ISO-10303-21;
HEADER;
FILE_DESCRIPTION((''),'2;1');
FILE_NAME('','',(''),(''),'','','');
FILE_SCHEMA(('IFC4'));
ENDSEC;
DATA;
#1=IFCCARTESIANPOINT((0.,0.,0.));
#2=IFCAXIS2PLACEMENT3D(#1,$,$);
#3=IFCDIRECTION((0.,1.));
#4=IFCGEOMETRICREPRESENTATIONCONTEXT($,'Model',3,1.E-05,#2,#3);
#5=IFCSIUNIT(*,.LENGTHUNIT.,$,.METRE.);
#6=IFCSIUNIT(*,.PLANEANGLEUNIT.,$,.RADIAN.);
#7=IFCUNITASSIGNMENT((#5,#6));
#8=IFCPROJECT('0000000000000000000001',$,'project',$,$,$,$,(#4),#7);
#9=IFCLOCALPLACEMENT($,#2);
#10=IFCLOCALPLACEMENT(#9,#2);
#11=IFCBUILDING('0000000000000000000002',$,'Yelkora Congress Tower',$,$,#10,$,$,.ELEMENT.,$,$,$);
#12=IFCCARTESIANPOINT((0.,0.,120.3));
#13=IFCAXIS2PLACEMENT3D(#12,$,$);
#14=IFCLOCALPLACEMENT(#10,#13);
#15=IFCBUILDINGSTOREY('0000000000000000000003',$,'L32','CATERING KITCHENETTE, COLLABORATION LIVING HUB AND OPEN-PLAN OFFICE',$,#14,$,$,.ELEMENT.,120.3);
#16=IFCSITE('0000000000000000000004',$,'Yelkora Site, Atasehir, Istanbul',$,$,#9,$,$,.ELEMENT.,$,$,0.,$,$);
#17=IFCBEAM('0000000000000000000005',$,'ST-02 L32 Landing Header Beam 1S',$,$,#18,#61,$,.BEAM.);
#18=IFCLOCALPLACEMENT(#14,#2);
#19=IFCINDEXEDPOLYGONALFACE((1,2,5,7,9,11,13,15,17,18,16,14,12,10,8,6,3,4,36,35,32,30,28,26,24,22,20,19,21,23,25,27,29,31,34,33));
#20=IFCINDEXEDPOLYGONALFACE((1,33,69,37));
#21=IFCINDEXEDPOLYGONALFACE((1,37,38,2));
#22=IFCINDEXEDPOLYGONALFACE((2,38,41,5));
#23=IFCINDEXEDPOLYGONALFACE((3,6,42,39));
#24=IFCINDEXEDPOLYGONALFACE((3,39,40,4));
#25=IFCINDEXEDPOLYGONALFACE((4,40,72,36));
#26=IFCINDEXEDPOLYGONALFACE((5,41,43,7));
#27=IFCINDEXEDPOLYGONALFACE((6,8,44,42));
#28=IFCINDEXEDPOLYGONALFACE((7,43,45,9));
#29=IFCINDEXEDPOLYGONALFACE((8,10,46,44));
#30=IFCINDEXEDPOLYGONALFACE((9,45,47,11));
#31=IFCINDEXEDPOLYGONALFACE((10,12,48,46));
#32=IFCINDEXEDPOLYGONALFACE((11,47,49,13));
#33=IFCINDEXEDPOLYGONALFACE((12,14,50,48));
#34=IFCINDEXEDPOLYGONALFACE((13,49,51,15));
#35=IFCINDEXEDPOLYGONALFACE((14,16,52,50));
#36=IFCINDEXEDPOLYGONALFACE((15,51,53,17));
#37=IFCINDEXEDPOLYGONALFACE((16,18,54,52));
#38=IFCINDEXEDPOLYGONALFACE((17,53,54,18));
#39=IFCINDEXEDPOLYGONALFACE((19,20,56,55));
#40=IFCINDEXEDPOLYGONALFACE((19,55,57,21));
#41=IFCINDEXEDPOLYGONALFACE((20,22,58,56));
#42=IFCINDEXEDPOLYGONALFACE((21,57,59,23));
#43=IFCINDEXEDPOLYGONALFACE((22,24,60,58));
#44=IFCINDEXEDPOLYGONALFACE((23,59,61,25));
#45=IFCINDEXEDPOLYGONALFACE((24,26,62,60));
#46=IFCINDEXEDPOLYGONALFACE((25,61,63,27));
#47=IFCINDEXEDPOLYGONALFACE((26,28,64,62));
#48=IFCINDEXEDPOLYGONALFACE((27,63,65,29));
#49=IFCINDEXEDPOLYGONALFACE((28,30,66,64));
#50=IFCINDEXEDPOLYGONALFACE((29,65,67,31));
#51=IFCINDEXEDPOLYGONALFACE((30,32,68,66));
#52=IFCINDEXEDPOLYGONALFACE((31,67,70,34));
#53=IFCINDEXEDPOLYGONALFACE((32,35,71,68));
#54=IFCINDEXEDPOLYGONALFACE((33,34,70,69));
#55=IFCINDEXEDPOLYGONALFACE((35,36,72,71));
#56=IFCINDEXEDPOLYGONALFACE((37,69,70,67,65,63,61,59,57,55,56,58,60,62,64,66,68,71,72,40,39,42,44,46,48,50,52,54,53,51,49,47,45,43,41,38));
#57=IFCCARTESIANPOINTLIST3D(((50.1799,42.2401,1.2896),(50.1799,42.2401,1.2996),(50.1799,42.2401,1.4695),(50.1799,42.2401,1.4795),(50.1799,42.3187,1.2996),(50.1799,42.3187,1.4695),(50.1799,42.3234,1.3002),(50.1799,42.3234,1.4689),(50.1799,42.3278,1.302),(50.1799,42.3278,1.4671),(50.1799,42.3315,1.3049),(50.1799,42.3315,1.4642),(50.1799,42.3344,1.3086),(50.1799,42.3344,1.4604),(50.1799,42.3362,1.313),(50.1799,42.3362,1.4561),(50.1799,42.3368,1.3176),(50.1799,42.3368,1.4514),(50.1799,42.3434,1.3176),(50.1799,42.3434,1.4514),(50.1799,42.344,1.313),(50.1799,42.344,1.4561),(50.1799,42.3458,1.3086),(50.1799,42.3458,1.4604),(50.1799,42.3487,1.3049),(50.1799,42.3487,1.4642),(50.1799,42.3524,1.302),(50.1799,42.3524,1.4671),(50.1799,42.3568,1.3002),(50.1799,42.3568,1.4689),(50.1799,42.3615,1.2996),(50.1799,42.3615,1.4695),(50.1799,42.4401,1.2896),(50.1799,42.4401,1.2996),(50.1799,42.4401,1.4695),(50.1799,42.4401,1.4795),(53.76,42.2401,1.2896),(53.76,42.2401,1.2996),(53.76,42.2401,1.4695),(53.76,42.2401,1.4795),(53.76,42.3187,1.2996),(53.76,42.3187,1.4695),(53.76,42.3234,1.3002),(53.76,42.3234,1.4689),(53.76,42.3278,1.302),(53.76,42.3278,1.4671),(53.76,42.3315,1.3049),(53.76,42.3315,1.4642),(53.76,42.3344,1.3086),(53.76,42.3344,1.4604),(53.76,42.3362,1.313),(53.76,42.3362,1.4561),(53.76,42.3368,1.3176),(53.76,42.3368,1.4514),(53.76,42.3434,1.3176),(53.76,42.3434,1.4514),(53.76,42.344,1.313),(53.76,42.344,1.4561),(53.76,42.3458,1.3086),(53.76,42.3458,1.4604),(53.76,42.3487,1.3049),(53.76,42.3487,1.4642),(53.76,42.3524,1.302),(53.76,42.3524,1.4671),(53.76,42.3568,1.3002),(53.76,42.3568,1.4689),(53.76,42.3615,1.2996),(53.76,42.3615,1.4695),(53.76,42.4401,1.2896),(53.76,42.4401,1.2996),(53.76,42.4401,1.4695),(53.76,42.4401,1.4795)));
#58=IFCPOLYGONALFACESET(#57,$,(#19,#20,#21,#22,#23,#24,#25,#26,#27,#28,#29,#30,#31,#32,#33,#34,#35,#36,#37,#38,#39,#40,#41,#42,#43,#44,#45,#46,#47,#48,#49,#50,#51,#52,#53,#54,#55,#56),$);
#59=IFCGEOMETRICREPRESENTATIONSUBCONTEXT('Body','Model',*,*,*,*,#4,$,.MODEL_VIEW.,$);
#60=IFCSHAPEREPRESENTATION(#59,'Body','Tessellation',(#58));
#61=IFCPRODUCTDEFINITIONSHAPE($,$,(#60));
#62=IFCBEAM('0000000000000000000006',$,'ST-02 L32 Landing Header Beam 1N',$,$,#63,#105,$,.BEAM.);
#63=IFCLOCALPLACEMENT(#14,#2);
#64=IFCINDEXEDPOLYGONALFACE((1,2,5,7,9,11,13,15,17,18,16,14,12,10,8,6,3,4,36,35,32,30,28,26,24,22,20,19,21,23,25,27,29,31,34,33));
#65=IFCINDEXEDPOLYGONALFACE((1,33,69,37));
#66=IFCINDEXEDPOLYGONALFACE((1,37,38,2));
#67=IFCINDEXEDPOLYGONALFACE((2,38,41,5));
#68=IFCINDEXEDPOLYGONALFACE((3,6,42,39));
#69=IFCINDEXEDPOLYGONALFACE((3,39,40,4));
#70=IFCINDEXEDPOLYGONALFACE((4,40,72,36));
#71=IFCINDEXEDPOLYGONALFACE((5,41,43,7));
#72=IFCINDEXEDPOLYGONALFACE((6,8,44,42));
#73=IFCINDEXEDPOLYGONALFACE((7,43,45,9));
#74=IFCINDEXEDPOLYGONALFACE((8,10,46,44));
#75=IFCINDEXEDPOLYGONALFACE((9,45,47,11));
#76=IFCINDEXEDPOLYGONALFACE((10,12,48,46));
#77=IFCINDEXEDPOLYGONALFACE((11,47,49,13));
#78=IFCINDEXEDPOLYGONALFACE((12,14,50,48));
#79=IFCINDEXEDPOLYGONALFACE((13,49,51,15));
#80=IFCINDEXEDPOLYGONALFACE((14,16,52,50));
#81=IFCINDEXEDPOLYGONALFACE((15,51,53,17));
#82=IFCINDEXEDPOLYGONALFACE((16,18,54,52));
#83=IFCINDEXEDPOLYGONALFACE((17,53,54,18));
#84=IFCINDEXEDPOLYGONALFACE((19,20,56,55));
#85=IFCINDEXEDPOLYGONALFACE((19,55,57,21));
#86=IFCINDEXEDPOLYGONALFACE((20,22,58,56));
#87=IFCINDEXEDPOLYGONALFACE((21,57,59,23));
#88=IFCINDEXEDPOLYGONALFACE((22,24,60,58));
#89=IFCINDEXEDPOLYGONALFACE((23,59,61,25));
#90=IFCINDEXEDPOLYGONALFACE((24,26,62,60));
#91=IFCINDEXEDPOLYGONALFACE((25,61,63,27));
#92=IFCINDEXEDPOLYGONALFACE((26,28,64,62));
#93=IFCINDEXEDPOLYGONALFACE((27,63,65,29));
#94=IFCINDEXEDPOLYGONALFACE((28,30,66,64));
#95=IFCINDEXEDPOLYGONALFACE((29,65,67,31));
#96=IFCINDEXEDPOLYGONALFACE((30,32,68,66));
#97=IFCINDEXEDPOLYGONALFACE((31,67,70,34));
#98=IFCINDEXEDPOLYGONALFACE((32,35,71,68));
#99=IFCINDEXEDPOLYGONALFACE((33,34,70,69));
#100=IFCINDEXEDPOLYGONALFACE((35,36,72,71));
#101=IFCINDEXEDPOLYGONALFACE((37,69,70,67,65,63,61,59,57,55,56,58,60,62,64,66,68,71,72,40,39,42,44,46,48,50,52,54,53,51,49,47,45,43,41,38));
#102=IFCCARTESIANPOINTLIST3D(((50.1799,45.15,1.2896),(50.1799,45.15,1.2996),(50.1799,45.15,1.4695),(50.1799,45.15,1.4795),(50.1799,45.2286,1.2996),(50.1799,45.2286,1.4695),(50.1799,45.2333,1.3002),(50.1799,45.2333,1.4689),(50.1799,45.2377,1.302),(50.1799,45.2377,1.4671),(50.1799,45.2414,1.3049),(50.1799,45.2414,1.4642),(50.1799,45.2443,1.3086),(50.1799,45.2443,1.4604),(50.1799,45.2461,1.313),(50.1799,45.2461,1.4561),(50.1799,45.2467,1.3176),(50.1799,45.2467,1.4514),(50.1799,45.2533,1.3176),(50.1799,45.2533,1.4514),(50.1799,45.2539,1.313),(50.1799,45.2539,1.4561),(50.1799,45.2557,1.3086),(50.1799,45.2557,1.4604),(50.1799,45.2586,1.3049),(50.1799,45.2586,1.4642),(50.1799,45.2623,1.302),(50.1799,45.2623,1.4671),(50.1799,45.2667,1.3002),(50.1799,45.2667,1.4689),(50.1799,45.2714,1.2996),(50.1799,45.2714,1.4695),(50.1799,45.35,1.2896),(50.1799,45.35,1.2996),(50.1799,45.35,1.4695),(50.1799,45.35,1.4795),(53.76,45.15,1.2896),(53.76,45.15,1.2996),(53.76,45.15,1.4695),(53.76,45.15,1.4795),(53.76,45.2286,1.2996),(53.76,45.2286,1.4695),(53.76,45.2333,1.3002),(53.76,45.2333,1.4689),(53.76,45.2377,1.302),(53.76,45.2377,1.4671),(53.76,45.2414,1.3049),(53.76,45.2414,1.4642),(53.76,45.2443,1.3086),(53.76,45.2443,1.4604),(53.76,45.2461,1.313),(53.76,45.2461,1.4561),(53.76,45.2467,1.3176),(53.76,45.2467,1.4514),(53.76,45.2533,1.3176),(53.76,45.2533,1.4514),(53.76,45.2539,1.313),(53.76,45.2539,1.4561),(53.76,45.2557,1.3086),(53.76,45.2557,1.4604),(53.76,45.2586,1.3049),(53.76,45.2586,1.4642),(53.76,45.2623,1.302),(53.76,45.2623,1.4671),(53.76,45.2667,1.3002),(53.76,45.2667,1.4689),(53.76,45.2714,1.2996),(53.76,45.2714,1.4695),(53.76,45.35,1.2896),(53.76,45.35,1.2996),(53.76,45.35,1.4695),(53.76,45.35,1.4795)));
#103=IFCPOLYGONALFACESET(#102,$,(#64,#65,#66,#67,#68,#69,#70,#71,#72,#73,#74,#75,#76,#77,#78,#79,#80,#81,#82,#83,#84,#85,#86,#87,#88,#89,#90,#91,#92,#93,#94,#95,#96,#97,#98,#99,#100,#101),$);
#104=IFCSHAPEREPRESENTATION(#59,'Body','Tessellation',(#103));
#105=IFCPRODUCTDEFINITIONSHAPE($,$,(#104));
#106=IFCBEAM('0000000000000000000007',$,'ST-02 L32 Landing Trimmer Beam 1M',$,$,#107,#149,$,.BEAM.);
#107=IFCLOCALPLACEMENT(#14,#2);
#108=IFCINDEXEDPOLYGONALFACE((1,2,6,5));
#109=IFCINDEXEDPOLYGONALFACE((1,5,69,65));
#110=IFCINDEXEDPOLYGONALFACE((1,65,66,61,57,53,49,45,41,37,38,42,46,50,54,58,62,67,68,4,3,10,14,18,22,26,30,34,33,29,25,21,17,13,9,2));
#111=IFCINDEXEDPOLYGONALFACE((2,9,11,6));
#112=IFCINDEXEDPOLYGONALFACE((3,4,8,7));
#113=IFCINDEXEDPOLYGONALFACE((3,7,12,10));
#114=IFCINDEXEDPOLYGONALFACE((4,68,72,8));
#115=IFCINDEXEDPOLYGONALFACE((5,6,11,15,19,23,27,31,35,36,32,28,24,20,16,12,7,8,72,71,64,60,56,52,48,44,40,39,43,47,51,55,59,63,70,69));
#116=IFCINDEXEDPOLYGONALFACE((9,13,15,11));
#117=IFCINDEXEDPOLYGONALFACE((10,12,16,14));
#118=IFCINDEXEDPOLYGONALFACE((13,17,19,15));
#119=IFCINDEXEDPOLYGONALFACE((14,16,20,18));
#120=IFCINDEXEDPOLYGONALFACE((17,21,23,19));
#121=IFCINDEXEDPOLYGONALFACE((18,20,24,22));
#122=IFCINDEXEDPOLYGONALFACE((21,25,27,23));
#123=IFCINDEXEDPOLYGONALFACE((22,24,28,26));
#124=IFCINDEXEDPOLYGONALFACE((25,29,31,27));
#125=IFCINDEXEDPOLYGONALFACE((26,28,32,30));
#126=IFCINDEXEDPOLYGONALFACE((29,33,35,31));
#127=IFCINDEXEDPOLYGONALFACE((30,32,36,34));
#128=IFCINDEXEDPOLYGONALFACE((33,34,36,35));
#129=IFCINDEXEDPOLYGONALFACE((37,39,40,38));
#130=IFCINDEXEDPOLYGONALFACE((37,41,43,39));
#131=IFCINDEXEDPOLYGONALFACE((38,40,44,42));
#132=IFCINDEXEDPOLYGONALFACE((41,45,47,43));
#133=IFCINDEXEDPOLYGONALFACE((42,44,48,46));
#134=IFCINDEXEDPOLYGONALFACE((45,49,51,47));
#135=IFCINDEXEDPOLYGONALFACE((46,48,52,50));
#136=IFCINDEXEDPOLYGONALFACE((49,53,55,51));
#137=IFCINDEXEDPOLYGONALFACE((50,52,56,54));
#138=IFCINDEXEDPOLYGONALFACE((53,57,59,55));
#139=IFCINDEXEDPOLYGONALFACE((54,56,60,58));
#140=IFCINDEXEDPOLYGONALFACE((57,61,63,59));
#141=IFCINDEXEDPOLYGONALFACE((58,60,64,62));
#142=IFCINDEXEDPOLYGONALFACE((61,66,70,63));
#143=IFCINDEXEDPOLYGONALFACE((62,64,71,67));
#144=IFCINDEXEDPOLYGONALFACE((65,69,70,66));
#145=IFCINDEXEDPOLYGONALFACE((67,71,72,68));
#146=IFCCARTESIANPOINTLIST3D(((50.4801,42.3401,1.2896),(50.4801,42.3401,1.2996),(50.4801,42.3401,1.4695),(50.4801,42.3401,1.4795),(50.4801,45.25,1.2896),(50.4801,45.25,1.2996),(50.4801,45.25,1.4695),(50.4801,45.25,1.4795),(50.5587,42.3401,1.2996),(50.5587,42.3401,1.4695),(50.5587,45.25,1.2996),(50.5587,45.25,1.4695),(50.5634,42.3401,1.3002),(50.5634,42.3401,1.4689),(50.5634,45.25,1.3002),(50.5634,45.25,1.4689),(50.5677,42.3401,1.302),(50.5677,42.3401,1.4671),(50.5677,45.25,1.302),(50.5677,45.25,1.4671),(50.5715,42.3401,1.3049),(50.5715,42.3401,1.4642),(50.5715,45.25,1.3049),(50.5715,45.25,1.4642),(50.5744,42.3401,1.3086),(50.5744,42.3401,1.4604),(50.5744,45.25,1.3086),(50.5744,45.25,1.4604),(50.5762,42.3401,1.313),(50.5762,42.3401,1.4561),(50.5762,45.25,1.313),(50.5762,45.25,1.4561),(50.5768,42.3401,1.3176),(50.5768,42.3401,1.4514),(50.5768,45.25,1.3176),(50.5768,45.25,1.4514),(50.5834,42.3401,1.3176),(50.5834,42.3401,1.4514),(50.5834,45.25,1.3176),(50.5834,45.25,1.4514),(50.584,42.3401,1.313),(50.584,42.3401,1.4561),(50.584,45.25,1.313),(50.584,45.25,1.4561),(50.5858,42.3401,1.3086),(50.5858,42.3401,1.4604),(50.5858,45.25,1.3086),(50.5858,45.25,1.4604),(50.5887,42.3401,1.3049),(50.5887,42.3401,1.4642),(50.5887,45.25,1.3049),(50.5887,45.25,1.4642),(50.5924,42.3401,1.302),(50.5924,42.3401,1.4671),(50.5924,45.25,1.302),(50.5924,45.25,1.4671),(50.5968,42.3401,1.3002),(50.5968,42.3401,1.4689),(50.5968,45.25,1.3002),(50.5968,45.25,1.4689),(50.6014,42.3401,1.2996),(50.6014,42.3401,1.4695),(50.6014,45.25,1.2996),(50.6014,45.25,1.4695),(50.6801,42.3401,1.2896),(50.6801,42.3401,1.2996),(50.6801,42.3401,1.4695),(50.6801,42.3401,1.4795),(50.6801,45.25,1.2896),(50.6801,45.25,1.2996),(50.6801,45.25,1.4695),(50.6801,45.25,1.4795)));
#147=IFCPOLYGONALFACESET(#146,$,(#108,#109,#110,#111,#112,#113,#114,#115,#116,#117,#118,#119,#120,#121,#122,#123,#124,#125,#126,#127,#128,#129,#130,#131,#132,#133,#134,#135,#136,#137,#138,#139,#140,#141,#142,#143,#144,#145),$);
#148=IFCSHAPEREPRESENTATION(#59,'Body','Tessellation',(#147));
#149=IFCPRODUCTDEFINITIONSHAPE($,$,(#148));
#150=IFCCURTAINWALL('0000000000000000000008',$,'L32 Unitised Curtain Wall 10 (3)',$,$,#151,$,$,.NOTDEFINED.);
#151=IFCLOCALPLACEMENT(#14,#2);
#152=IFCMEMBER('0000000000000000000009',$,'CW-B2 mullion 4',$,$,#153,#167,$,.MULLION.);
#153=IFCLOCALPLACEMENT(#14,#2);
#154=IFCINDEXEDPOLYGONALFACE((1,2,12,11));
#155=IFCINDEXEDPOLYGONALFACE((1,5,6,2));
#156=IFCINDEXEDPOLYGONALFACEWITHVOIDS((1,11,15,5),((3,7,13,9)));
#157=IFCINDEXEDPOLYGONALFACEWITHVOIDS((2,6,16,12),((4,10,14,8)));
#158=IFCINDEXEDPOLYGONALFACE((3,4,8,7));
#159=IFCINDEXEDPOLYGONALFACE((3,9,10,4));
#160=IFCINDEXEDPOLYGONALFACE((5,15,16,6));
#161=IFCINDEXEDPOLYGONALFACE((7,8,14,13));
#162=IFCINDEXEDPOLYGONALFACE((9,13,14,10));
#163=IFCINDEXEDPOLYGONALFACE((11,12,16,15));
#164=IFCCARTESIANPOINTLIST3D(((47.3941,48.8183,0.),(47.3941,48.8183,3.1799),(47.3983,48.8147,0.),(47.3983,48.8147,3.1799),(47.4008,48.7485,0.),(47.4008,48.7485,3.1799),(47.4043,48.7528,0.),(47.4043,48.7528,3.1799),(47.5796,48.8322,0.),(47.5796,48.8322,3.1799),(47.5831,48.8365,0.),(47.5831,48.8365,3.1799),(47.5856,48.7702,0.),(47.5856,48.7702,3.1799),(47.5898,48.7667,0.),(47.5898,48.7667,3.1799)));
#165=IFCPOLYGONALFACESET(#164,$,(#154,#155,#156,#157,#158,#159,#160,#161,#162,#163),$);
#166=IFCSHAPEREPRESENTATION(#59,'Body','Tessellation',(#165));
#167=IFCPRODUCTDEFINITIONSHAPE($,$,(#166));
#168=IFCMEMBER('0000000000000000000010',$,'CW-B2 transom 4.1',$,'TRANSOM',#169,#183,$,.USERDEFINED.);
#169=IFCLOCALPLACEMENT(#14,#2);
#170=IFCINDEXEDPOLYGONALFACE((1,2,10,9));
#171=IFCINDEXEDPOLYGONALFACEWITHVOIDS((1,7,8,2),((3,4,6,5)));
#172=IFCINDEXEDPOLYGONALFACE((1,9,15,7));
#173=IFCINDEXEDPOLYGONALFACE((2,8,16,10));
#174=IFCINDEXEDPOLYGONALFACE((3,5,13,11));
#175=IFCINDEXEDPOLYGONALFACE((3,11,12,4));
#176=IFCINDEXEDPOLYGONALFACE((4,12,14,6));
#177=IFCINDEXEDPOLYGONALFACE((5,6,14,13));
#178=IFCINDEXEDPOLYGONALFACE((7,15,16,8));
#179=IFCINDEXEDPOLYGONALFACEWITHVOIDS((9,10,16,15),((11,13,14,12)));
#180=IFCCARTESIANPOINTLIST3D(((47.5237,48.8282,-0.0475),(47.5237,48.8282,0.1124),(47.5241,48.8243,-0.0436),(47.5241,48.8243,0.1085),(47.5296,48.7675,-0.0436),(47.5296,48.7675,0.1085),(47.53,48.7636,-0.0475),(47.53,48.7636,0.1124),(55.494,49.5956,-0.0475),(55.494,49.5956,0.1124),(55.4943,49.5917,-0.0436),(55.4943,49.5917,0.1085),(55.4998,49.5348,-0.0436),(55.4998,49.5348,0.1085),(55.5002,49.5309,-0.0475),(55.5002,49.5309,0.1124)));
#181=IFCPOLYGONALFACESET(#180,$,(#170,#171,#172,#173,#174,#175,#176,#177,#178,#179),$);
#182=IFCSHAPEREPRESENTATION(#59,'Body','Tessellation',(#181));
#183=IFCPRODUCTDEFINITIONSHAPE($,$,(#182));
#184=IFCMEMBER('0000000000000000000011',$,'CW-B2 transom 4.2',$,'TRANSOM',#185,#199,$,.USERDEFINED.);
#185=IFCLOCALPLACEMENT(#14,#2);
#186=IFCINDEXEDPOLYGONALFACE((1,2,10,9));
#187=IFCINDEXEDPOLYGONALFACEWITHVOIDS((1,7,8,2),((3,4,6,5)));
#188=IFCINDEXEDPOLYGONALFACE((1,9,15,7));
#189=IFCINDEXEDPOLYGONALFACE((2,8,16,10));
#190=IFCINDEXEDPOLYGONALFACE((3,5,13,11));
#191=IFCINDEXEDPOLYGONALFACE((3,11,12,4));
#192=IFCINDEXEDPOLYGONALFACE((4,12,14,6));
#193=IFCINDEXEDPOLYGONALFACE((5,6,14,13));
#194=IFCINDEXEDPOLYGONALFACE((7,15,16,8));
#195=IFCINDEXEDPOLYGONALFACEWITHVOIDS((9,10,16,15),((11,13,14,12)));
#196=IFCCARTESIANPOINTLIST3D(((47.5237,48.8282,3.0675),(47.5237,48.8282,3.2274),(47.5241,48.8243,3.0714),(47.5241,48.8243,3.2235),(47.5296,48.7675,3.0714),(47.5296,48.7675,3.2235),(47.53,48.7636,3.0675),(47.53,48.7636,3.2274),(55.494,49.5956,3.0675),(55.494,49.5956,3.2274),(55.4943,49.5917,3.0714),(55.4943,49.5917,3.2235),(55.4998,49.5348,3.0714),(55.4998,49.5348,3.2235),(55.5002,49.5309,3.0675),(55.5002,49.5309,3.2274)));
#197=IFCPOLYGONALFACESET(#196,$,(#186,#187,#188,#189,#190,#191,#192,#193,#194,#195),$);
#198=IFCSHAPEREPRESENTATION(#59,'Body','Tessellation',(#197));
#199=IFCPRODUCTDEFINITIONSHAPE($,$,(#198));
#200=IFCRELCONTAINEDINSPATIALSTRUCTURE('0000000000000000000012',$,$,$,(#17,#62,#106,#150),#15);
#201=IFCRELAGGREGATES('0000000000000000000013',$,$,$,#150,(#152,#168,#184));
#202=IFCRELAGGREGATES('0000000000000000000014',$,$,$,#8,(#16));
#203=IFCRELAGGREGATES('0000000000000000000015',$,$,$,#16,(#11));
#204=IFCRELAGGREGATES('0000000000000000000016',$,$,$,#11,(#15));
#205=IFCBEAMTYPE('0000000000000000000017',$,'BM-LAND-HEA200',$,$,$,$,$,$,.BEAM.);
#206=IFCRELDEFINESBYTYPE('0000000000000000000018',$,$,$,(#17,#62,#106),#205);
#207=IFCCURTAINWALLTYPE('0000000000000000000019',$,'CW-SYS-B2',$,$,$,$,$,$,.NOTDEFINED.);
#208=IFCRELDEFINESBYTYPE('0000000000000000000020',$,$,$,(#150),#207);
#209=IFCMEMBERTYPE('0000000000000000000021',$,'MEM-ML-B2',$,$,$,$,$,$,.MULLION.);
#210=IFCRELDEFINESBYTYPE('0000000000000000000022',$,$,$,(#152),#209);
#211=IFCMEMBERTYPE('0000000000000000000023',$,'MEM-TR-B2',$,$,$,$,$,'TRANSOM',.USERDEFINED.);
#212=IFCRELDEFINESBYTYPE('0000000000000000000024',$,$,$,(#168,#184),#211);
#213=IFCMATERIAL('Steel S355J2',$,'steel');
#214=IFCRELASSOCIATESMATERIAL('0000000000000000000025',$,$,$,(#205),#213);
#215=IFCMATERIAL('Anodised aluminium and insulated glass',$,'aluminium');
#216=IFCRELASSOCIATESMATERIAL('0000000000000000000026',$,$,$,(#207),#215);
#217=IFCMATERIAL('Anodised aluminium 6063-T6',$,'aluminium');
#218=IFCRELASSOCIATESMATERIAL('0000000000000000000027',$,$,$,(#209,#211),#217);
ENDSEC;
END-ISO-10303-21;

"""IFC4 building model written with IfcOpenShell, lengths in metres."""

from ifc_helpers import new_model, si_unit, direction, frame, origin, origin_2d, place, context, subcontext, project, spatial, hollow_rectangle, i_section, extrude, material, material_profile, profile_set, type_object, element, aggregate, save


model = new_model("IFC4")

# Units and contexts
model_context = context("Model", 3, precision=1e-05, world=origin(), true_north=direction((0.0, 1.0)))
body_context = subcontext(model_context, "Body", "Model", "MODEL_VIEW")
ifc_project = project(units=[si_unit("LENGTHUNIT", "METRE"), si_unit("PLANEANGLEUNIT", "RADIAN")], contexts=[model_context])

# Site, building, storey
site_placement = place(None, origin())
site = spatial("IfcSite", under=ifc_project, at=site_placement, Name="Yelkora Site, Atasehir, Istanbul", CompositionType="ELEMENT", RefElevation=0.0)
building_placement = place(site_placement, origin())
building = spatial("IfcBuilding", under=site, at=building_placement, Name="Yelkora Congress Tower", CompositionType="ELEMENT")
storey_placement = place(building_placement, frame((0.0, 0.0, 120.3)))
storey = spatial("IfcBuildingStorey", under=building, at=storey_placement, Name="L32", Description="CATERING KITCHENETTE, COLLABORATION LIVING HUB AND OPEN-PLAN OFFICE", CompositionType="ELEMENT", Elevation=120.3)

# Beams
ifc_material_1 = material(Name="Steel S355J2", Category="steel")
ifc_material_profile_1 = material_profile(ifc_material_1, i_section(OverallWidth=0.2, OverallDepth=0.1899, WebThickness=0.0066, FlangeThickness=0.01, FilletRadius=0.0181, at=origin_2d()), Name="HEA 200")
ifc_profile_set_1 = profile_set([ifc_material_profile_1], Name="Steel S355J2")
beam_type_1 = type_object("IfcBeamType", Name="BM-LAND-HEA200", PredefinedType="BEAM", material=ifc_profile_set_1)
for number, where, z_axis, x_axis, name in (
    (1, (50.1799, 42.3401, 1.3845), (1.0, 0.0, 0.0), (0.0, 1.0, 0.0), "ST-02 L32 Landing Header Beam 1S"),
    (2, (50.1799, 45.25, 1.3845), (1.0, 0.0, 0.0), (0.0, 1.0, 0.0), "ST-02 L32 Landing Header Beam 1N"),
):
    element("IfcBeam", number, at=place(storey_placement, frame(where, z_axis=z_axis, x_axis=x_axis)), inside=storey, type_object=beam_type_1, Name=name, PredefinedType="BEAM", context=body_context, shape_type="SweptSolid", body=[
        extrude(i_section(OverallWidth=0.2, OverallDepth=0.1899, WebThickness=0.0066, FlangeThickness=0.01, FilletRadius=0.0181, at=origin_2d()), origin(), (0.0, 0.0, 1.0), 3.5801),
    ])
beam_1_placement = place(storey_placement, frame((50.5801, 42.3401, 1.3845), z_axis=(0.0, 1.0, 0.0), x_axis=(-1.0, 0.0, 0.0)))
element("IfcBeam", 3, at=beam_1_placement, inside=storey, type_object=beam_type_1, Name="ST-02 L32 Landing Trimmer Beam 1M", PredefinedType="BEAM", context=body_context, shape_type="SweptSolid", body=[
    extrude(i_section(OverallWidth=0.2, OverallDepth=0.1899, WebThickness=0.0066, FlangeThickness=0.01, FilletRadius=0.0181, at=origin_2d()), origin(), (0.0, 0.0, 1.0), 2.9099),
])

# Curtain wall, members
ifc_material_2 = material(Name="Anodised aluminium and insulated glass", Category="aluminium")
curtain_wall_type = type_object("IfcCurtainWallType", Name="CW-SYS-B2", PredefinedType="NOTDEFINED", material=ifc_material_2)
curtain_wall_placement = place(storey_placement, origin())
curtain_wall = element("IfcCurtainWall", 4, at=curtain_wall_placement, inside=storey, type_object=curtain_wall_type, Name="L32 Unitised Curtain Wall 10 (3)", PredefinedType="NOTDEFINED")
ifc_material_3 = material(Name="Anodised aluminium 6063-T6", Category="aluminium")
ifc_material_profile_2 = material_profile(ifc_material_3, hollow_rectangle(XDim=0.0701, YDim=0.1899, WallThickness=0.0039, at=origin_2d()), Name="ALU 70x190x4")
ifc_profile_set_2 = profile_set([ifc_material_profile_2], Name="Anodised aluminium 6063-T6")
member_type_1 = type_object("IfcMemberType", Name="MEM-ML-B2", PredefinedType="MULLION", material=ifc_profile_set_2)
member_1_placement = place(storey_placement, frame((47.4919, 48.7925, 0.0), z_axis=(0.0, 0.0, 1.0), x_axis=(-0.095844, 0.995396, 0.0)))
member_1 = element("IfcMember", 5, at=member_1_placement, type_object=member_type_1, Name="CW-B2 mullion 4", PredefinedType="MULLION", context=body_context, shape_type="SweptSolid", body=[
    extrude(hollow_rectangle(XDim=0.0701, YDim=0.1899, WallThickness=0.0039, at=origin_2d()), origin(), (0.0, 0.0, 1.0), 3.1799),
])
ifc_material_profile_3 = material_profile(ifc_material_3, hollow_rectangle(XDim=0.0649, YDim=0.1599, WallThickness=0.0039, at=origin_2d()), Name="ALU 65x160x4")
ifc_profile_set_3 = profile_set([ifc_material_profile_3], Name="Anodised aluminium 6063-T6")
member_type_2 = type_object("IfcMemberType", Name="MEM-TR-B2", ElementType="TRANSOM", PredefinedType="USERDEFINED", material=ifc_profile_set_3)
member_2_placement = place(storey_placement, frame((47.5269, 48.7959, 0.0325), z_axis=(0.995398, 0.095832, 0.0), x_axis=(-0.095832, 0.995398, 0.0)))
member_2 = element("IfcMember", 6, at=member_2_placement, type_object=member_type_2, Name="CW-B2 transom 4.1", ObjectType="TRANSOM", PredefinedType="USERDEFINED", context=body_context, shape_type="SweptSolid", body=[
    extrude(hollow_rectangle(XDim=0.0649, YDim=0.1599, WallThickness=0.0039, at=origin_2d()), origin(), (0.0, 0.0, 1.0), 8.0071),
])
member_3_placement = place(storey_placement, frame((47.5269, 48.7959, 3.1475), z_axis=(0.995398, 0.095832, 0.0), x_axis=(-0.095832, 0.995398, 0.0)))
member_3 = element("IfcMember", 7, at=member_3_placement, type_object=member_type_2, Name="CW-B2 transom 4.2", ObjectType="TRANSOM", PredefinedType="USERDEFINED", context=body_context, shape_type="SweptSolid", body=[
    extrude(hollow_rectangle(XDim=0.0649, YDim=0.1599, WallThickness=0.0039, at=origin_2d()), origin(), (0.0, 0.0, 1.0), 8.0071),
])
aggregate(curtain_wall, [member_1, member_2, member_3])

save(model, "model.ifc")
